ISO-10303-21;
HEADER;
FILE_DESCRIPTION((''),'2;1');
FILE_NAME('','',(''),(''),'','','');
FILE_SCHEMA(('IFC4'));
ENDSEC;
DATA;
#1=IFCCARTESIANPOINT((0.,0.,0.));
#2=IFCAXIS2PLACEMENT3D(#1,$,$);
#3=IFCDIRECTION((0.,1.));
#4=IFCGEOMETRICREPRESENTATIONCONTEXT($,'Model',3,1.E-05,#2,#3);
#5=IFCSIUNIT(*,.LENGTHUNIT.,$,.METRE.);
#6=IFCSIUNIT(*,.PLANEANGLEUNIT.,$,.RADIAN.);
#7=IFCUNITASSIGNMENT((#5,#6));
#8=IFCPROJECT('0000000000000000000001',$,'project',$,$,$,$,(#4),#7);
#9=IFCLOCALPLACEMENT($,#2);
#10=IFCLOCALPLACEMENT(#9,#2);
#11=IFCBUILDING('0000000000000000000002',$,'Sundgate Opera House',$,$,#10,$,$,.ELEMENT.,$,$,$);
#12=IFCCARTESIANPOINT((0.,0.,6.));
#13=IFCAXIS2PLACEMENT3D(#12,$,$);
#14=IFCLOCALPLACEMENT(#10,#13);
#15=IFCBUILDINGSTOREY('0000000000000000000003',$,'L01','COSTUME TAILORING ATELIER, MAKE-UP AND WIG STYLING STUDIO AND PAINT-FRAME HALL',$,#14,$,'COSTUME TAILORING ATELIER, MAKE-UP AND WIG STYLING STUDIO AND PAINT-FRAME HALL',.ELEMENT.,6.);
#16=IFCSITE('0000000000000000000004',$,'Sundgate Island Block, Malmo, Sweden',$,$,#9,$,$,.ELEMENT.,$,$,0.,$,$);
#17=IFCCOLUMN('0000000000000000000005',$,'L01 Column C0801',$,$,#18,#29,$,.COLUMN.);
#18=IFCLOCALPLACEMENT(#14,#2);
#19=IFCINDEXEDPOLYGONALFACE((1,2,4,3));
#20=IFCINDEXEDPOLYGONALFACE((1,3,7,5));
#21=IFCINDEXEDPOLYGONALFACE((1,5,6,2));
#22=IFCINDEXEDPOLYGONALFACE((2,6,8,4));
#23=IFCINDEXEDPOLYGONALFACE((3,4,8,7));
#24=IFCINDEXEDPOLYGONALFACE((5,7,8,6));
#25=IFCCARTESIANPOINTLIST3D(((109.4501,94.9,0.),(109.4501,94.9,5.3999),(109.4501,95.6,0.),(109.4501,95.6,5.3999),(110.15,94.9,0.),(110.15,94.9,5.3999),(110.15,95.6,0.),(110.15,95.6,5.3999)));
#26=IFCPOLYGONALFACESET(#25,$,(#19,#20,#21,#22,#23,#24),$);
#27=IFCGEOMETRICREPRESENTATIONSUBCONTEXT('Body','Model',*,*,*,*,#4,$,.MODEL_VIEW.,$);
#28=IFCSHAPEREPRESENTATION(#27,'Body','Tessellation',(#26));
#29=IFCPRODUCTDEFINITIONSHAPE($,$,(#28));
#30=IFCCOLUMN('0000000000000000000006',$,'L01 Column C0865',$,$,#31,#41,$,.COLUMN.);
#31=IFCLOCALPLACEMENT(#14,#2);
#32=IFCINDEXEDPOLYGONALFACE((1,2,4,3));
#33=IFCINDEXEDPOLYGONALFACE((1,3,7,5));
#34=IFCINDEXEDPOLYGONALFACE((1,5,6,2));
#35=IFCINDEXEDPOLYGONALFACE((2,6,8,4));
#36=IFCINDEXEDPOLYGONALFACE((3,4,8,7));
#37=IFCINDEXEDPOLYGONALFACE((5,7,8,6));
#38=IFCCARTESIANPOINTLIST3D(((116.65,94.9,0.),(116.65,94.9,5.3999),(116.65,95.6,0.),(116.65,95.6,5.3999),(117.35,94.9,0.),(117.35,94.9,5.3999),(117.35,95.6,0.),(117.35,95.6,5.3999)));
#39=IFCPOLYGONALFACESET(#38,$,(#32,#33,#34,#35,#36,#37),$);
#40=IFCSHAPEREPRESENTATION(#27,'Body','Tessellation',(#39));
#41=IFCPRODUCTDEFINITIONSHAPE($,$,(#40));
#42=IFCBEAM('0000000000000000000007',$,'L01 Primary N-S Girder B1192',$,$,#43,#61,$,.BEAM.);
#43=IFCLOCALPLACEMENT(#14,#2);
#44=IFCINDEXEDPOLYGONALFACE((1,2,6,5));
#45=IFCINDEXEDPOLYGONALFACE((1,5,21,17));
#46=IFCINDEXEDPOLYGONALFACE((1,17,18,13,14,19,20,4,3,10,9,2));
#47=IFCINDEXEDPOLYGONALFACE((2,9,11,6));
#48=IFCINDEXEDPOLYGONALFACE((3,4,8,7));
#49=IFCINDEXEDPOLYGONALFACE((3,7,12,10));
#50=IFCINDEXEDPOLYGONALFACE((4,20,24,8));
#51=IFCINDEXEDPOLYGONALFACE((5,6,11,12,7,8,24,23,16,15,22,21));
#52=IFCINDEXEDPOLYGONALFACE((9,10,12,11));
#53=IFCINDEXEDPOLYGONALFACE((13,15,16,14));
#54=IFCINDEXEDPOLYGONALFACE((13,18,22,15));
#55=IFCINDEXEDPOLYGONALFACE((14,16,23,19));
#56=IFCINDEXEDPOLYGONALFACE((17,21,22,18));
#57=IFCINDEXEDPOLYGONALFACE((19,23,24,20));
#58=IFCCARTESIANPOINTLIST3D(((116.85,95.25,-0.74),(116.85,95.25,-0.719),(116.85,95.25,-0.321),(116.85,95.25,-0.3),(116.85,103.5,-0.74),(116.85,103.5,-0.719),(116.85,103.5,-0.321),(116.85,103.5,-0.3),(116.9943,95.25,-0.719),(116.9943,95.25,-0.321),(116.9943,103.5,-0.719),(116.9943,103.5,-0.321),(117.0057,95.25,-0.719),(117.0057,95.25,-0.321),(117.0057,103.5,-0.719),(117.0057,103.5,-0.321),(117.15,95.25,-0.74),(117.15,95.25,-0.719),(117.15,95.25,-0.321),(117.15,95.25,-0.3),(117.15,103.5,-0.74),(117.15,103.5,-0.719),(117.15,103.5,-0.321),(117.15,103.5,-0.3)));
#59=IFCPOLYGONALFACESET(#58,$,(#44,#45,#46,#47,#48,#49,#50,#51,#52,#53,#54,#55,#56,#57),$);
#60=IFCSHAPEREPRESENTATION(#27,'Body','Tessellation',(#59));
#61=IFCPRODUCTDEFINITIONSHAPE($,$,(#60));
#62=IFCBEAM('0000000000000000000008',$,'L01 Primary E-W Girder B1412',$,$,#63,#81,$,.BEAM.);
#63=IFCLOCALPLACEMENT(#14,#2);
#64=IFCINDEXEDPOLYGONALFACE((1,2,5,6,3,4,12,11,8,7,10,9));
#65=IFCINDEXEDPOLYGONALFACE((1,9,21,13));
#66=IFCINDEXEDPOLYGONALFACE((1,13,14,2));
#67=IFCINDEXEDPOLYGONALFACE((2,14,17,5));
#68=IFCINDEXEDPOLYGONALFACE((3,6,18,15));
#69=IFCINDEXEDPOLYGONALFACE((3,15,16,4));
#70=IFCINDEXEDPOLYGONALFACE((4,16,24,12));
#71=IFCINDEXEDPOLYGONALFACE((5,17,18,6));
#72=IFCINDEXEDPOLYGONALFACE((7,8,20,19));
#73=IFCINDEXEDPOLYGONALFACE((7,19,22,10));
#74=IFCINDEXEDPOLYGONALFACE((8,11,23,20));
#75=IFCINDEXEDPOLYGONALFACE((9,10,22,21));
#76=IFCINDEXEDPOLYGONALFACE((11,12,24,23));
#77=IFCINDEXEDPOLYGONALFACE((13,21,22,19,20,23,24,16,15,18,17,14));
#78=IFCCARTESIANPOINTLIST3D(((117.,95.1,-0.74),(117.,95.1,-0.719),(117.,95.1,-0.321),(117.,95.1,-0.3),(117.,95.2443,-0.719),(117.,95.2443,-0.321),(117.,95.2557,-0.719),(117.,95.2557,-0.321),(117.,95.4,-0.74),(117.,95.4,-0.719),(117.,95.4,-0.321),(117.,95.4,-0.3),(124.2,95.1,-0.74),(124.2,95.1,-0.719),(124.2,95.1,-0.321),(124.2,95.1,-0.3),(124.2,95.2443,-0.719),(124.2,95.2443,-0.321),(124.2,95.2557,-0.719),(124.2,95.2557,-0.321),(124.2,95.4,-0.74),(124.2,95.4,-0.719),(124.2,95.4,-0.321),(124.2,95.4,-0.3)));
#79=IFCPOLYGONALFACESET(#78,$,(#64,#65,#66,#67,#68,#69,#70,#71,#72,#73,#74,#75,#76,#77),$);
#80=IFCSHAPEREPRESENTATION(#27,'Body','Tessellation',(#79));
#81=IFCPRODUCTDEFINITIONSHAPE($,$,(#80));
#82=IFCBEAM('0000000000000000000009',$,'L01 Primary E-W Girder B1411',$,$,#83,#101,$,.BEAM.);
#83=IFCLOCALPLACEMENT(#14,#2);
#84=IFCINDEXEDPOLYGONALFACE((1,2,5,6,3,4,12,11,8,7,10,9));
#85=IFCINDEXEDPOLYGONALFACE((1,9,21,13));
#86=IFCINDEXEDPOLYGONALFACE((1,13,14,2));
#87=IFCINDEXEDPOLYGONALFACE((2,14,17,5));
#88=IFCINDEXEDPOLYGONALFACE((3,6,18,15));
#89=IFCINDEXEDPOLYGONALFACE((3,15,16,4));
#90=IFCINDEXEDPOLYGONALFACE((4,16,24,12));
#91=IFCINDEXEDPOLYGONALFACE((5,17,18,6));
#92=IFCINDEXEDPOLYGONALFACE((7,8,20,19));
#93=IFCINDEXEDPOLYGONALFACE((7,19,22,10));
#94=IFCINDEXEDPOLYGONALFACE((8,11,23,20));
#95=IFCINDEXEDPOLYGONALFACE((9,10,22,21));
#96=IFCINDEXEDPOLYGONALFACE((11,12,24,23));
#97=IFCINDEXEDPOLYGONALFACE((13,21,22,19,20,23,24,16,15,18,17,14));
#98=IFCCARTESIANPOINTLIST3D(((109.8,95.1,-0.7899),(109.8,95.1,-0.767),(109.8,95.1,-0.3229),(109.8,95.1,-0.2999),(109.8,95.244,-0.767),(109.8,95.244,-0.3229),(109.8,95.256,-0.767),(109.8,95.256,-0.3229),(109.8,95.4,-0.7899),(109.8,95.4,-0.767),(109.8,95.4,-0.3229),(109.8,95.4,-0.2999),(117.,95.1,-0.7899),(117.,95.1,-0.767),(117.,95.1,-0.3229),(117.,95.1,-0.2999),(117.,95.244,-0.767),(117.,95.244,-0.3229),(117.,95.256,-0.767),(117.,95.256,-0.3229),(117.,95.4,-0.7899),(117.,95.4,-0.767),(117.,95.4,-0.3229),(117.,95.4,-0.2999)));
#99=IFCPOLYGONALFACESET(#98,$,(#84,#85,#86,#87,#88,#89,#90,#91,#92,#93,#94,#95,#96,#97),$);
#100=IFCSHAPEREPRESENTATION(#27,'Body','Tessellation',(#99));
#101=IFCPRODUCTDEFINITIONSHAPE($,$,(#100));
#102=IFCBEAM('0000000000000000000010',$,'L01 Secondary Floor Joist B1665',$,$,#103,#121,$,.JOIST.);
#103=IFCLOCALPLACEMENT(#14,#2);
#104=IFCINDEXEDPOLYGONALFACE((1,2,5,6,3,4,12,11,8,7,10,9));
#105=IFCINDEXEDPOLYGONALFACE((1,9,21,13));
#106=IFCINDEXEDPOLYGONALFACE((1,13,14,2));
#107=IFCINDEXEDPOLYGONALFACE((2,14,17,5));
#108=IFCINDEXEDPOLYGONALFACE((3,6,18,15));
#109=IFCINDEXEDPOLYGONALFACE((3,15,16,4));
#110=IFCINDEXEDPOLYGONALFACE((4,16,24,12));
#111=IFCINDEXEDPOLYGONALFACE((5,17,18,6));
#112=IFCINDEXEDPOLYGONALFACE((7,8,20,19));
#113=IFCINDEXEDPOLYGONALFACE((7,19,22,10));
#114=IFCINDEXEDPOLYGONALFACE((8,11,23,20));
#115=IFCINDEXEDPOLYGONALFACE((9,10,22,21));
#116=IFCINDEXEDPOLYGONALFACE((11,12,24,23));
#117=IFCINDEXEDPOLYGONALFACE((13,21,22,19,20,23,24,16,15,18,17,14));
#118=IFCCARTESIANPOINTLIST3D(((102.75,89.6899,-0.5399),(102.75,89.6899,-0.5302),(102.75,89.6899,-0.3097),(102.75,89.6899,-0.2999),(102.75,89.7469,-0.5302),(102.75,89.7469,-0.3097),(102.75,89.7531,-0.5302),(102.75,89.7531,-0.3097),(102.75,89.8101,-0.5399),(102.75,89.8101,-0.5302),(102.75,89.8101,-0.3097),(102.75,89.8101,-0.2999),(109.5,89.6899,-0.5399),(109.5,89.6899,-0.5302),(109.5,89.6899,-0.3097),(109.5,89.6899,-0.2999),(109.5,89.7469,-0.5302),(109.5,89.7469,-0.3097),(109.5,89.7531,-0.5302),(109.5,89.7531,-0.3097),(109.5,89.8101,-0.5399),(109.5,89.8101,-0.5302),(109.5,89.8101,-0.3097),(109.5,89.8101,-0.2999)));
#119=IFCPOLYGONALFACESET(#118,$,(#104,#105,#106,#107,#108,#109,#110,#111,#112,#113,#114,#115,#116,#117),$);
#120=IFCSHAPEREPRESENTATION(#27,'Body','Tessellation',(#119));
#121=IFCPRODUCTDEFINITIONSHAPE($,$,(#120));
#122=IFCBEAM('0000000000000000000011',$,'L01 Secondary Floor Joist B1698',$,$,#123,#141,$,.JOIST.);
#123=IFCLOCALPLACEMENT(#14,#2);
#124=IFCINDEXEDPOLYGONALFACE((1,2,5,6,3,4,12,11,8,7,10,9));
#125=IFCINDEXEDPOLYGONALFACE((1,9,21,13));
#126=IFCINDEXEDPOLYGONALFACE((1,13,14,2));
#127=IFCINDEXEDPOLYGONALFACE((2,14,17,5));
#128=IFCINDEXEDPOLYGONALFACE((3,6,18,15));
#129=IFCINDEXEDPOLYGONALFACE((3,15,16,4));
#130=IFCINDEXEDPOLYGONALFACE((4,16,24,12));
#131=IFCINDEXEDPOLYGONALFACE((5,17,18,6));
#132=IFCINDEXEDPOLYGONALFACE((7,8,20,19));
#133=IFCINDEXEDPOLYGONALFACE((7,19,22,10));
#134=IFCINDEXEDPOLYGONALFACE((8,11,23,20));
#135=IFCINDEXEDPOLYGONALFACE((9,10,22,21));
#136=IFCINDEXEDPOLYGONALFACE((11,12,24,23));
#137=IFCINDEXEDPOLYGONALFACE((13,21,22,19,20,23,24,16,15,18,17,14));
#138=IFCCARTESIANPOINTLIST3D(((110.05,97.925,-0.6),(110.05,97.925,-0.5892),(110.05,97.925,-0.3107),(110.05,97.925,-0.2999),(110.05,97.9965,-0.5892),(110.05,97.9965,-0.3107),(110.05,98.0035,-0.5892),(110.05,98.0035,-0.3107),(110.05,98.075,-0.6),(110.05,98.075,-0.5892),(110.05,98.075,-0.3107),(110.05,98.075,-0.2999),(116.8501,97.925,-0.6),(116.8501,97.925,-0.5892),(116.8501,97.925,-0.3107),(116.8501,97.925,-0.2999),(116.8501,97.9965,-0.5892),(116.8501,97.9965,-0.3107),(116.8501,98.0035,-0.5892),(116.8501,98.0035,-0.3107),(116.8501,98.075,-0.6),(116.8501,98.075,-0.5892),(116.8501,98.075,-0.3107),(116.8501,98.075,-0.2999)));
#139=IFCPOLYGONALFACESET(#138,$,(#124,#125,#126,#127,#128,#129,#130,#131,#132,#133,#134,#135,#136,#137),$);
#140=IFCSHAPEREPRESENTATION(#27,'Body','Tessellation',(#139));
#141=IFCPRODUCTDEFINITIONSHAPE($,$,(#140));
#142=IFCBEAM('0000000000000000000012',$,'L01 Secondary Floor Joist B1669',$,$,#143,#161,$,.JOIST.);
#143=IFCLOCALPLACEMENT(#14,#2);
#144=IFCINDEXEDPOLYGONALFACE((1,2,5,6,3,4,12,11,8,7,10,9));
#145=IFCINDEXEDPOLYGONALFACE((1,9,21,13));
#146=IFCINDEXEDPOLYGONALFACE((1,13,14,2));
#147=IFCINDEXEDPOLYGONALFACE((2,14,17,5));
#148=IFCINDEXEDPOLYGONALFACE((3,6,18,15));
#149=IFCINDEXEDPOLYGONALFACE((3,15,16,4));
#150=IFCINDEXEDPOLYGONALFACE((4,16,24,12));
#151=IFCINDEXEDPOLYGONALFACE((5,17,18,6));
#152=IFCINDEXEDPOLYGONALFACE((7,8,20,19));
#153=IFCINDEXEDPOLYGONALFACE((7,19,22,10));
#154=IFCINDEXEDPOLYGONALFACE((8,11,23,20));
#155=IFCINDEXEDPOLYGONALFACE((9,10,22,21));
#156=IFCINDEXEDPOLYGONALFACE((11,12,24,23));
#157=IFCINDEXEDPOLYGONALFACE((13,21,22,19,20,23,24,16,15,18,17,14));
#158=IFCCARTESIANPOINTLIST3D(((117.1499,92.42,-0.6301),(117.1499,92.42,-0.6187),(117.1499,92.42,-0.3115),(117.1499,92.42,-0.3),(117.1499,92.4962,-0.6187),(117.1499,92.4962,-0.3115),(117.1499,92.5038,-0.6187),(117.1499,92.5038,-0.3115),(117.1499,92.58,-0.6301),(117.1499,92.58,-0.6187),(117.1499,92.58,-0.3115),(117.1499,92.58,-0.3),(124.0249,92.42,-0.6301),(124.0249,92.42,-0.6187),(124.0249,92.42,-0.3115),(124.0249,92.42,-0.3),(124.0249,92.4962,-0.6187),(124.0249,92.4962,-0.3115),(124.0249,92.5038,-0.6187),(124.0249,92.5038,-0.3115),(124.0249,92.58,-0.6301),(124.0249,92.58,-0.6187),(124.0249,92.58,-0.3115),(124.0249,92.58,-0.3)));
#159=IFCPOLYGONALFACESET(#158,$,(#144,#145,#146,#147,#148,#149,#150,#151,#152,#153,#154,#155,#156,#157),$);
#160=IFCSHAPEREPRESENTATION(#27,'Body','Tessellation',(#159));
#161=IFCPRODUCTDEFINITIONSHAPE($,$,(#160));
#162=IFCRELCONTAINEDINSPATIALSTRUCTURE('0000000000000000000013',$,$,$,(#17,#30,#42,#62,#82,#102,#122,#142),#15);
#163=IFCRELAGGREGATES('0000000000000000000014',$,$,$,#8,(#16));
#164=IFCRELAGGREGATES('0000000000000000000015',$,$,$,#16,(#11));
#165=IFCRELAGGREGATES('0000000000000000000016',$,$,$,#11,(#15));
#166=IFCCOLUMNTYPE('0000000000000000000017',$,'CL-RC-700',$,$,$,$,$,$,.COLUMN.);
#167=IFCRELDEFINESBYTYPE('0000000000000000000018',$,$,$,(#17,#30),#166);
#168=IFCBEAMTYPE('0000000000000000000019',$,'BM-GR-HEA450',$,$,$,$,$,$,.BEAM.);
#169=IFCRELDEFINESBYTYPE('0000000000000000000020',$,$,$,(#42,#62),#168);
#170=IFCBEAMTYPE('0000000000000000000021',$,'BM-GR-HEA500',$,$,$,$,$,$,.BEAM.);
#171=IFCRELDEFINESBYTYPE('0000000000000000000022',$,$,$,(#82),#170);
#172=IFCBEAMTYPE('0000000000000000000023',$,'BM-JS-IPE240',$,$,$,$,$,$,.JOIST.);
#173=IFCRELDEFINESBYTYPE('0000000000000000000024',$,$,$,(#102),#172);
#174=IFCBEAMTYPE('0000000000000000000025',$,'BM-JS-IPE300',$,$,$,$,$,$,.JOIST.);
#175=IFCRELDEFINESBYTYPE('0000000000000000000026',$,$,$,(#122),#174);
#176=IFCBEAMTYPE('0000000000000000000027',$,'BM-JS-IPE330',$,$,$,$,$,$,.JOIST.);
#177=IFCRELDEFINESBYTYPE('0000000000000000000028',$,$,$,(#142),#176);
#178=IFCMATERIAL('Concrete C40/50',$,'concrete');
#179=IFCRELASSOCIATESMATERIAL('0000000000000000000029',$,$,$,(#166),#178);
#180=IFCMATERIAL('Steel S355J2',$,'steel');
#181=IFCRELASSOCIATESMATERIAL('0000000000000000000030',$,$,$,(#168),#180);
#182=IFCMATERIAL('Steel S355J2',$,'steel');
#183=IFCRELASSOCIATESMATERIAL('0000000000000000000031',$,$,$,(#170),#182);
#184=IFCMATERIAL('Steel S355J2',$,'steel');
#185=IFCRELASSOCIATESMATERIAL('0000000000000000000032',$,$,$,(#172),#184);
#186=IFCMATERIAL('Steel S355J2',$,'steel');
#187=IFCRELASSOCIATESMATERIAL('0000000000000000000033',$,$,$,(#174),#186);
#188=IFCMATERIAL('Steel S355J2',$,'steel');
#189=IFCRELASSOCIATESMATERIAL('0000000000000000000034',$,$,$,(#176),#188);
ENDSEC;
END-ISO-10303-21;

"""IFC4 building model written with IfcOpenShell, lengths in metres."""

from ifc_helpers import new_model, si_unit, direction, frame, origin, origin_2d, place, context, subcontext, project, spatial, rectangle, i_section, extrude, material, material_profile, profile_set, type_object, element, save


model = new_model("IFC4")

# Units and contexts
model_context = context("Model", 3, precision=1e-05, world=origin(), true_north=direction((0.0, 1.0)))
body_context = subcontext(model_context, "Body", "Model", "MODEL_VIEW")
ifc_project = project(units=[si_unit("LENGTHUNIT", "METRE"), si_unit("PLANEANGLEUNIT", "RADIAN")], contexts=[model_context])

# Site, building, storey
site_placement = place(None, origin())
site = spatial("IfcSite", under=ifc_project, at=site_placement, Name="Sundgate Island Block, Malmo, Sweden", CompositionType="ELEMENT", RefElevation=0.0)
building_placement = place(site_placement, origin())
building = spatial("IfcBuilding", under=site, at=building_placement, Name="Sundgate Opera House", CompositionType="ELEMENT")
storey_placement = place(building_placement, frame((0.0, 0.0, 6.0)))
storey = spatial("IfcBuildingStorey", under=building, at=storey_placement, Name="L01", Description="COSTUME TAILORING ATELIER, MAKE-UP AND WIG STYLING STUDIO AND PAINT-FRAME HALL", LongName="COSTUME TAILORING ATELIER, MAKE-UP AND WIG STYLING STUDIO AND PAINT-FRAME HALL", CompositionType="ELEMENT", Elevation=6.0)

# Columns
ifc_material_1 = material(Name="Concrete C40/50", Category="concrete")
ifc_material_profile_1 = material_profile(ifc_material_1, rectangle(XDim=0.7, YDim=0.7, at=origin_2d()), Name="RC 700x700")
ifc_profile_set_1 = profile_set([ifc_material_profile_1], Name="Concrete C40/50")
column_type = type_object("IfcColumnType", Name="CL-RC-700", PredefinedType="COLUMN", material=ifc_profile_set_1)
for number, where, z_axis, x_axis, name in (
    (1, (109.8, 95.25, 0.0), (0.0, 0.0, 1.0), (1.0, 0.0, 0.0), "L01 Column C0801"),
    (2, (117.0, 95.25, 0.0), (0.0, 0.0, 1.0), (1.0, 0.0, 0.0), "L01 Column C0865"),
):
    element("IfcColumn", number, at=place(storey_placement, frame(where, z_axis=z_axis, x_axis=x_axis)), inside=storey, type_object=column_type, Name=name, PredefinedType="COLUMN", context=body_context, shape_type="SweptSolid", body=[
        extrude(rectangle(XDim=0.7, YDim=0.7, at=origin_2d()), origin(), (0.0, 0.0, 1.0), 5.3999),
    ])

# Beams
ifc_material_2 = material(Name="Steel S355J2", Category="steel")
ifc_material_profile_2 = material_profile(ifc_material_2, i_section(OverallWidth=0.3, OverallDepth=0.4399, WebThickness=0.0115, FlangeThickness=0.021, at=origin_2d()), Name="HEA 450")
ifc_profile_set_2 = profile_set([ifc_material_profile_2], Name="Steel S355J2")
beam_type_1 = type_object("IfcBeamType", Name="BM-GR-HEA450", PredefinedType="BEAM", material=ifc_profile_set_2)
beam_1_placement = place(storey_placement, frame((117.0, 95.25, -0.52), z_axis=(0.0, 1.0, 0.0), x_axis=(-1.0, 0.0, 0.0)))
element("IfcBeam", 3, at=beam_1_placement, inside=storey, type_object=beam_type_1, Name="L01 Primary N-S Girder B1192", PredefinedType="BEAM", context=body_context, shape_type="SweptSolid", body=[
    extrude(i_section(OverallWidth=0.3, OverallDepth=0.4399, WebThickness=0.0115, FlangeThickness=0.021, at=origin_2d()), origin(), (0.0, 0.0, 1.0), 8.25),
])
beam_2_placement = place(storey_placement, frame((117.0, 95.25, -0.52), z_axis=(1.0, 0.0, 0.0), x_axis=(0.0, 1.0, 0.0)))
element("IfcBeam", 4, at=beam_2_placement, inside=storey, type_object=beam_type_1, Name="L01 Primary E-W Girder B1412", PredefinedType="BEAM", context=body_context, shape_type="SweptSolid", body=[
    extrude(i_section(OverallWidth=0.3, OverallDepth=0.4399, WebThickness=0.0115, FlangeThickness=0.021, at=origin_2d()), origin(), (0.0, 0.0, 1.0), 7.2),
])
ifc_material_3 = material(Name="Steel S355J2", Category="steel")
ifc_material_profile_3 = material_profile(ifc_material_3, i_section(OverallWidth=0.3, OverallDepth=0.49, WebThickness=0.012, FlangeThickness=0.0229, at=origin_2d()), Name="HEA 500")
ifc_profile_set_3 = profile_set([ifc_material_profile_3], Name="Steel S355J2")
beam_type_2 = type_object("IfcBeamType", Name="BM-GR-HEA500", PredefinedType="BEAM", material=ifc_profile_set_3)
beam_3_placement = place(storey_placement, frame((109.8, 95.25, -0.5449), z_axis=(1.0, 0.0, 0.0), x_axis=(0.0, 1.0, 0.0)))
element("IfcBeam", 5, at=beam_3_placement, inside=storey, type_object=beam_type_2, Name="L01 Primary E-W Girder B1411", PredefinedType="BEAM", context=body_context, shape_type="SweptSolid", body=[
    extrude(i_section(OverallWidth=0.3, OverallDepth=0.49, WebThickness=0.012, FlangeThickness=0.0229, at=origin_2d()), origin(), (0.0, 0.0, 1.0), 7.2),
])
ifc_material_4 = material(Name="Steel S355J2", Category="steel")
ifc_material_profile_4 = material_profile(ifc_material_4, i_section(OverallWidth=0.1201, OverallDepth=0.24, WebThickness=0.0061, FlangeThickness=0.0098, at=origin_2d()), Name="IPE 240")
ifc_profile_set_4 = profile_set([ifc_material_profile_4], Name="Steel S355J2")
beam_type_3 = type_object("IfcBeamType", Name="BM-JS-IPE240", PredefinedType="JOIST", material=ifc_profile_set_4)
beam_4_placement = place(storey_placement, frame((102.75, 89.75, -0.4199), z_axis=(1.0, 0.0, 0.0), x_axis=(0.0, 1.0, 0.0)))
element("IfcBeam", 6, at=beam_4_placement, inside=storey, type_object=beam_type_3, Name="L01 Secondary Floor Joist B1665", PredefinedType="JOIST", context=body_context, shape_type="SweptSolid", body=[
    extrude(i_section(OverallWidth=0.1201, OverallDepth=0.24, WebThickness=0.0061, FlangeThickness=0.0098, at=origin_2d()), origin(), (0.0, 0.0, 1.0), 6.75),
])
ifc_material_5 = material(Name="Steel S355J2", Category="steel")
ifc_material_profile_5 = material_profile(ifc_material_5, i_section(OverallWidth=0.1499, OverallDepth=0.3, WebThickness=0.0071, FlangeThickness=0.0107, at=origin_2d()), Name="IPE 300")
ifc_profile_set_5 = profile_set([ifc_material_profile_5], Name="Steel S355J2")
beam_type_4 = type_object("IfcBeamType", Name="BM-JS-IPE300", PredefinedType="JOIST", material=ifc_profile_set_5)
beam_5_placement = place(storey_placement, frame((110.05, 98.0, -0.45), z_axis=(1.0, 0.0, 0.0), x_axis=(0.0, 1.0, 0.0)))
element("IfcBeam", 7, at=beam_5_placement, inside=storey, type_object=beam_type_4, Name="L01 Secondary Floor Joist B1698", PredefinedType="JOIST", context=body_context, shape_type="SweptSolid", body=[
    extrude(i_section(OverallWidth=0.1499, OverallDepth=0.3, WebThickness=0.0071, FlangeThickness=0.0107, at=origin_2d()), origin(), (0.0, 0.0, 1.0), 6.8),
])
ifc_material_6 = material(Name="Steel S355J2", Category="steel")
ifc_material_profile_6 = material_profile(ifc_material_6, i_section(OverallWidth=0.1599, OverallDepth=0.3301, WebThickness=0.0076, FlangeThickness=0.0115, at=origin_2d()), Name="IPE 330")
ifc_profile_set_6 = profile_set([ifc_material_profile_6], Name="Steel S355J2")
beam_type_5 = type_object("IfcBeamType", Name="BM-JS-IPE330", PredefinedType="JOIST", material=ifc_profile_set_6)
beam_6_placement = place(storey_placement, frame((117.1499, 92.5, -0.4651), z_axis=(1.0, 0.0, 0.0), x_axis=(0.0, 1.0, 0.0)))
element("IfcBeam", 8, at=beam_6_placement, inside=storey, type_object=beam_type_5, Name="L01 Secondary Floor Joist B1669", PredefinedType="JOIST", context=body_context, shape_type="SweptSolid", body=[
    extrude(i_section(OverallWidth=0.1599, OverallDepth=0.3301, WebThickness=0.0076, FlangeThickness=0.0115, at=origin_2d()), origin(), (0.0, 0.0, 1.0), 6.875),
])

save(model, "model.ifc")
